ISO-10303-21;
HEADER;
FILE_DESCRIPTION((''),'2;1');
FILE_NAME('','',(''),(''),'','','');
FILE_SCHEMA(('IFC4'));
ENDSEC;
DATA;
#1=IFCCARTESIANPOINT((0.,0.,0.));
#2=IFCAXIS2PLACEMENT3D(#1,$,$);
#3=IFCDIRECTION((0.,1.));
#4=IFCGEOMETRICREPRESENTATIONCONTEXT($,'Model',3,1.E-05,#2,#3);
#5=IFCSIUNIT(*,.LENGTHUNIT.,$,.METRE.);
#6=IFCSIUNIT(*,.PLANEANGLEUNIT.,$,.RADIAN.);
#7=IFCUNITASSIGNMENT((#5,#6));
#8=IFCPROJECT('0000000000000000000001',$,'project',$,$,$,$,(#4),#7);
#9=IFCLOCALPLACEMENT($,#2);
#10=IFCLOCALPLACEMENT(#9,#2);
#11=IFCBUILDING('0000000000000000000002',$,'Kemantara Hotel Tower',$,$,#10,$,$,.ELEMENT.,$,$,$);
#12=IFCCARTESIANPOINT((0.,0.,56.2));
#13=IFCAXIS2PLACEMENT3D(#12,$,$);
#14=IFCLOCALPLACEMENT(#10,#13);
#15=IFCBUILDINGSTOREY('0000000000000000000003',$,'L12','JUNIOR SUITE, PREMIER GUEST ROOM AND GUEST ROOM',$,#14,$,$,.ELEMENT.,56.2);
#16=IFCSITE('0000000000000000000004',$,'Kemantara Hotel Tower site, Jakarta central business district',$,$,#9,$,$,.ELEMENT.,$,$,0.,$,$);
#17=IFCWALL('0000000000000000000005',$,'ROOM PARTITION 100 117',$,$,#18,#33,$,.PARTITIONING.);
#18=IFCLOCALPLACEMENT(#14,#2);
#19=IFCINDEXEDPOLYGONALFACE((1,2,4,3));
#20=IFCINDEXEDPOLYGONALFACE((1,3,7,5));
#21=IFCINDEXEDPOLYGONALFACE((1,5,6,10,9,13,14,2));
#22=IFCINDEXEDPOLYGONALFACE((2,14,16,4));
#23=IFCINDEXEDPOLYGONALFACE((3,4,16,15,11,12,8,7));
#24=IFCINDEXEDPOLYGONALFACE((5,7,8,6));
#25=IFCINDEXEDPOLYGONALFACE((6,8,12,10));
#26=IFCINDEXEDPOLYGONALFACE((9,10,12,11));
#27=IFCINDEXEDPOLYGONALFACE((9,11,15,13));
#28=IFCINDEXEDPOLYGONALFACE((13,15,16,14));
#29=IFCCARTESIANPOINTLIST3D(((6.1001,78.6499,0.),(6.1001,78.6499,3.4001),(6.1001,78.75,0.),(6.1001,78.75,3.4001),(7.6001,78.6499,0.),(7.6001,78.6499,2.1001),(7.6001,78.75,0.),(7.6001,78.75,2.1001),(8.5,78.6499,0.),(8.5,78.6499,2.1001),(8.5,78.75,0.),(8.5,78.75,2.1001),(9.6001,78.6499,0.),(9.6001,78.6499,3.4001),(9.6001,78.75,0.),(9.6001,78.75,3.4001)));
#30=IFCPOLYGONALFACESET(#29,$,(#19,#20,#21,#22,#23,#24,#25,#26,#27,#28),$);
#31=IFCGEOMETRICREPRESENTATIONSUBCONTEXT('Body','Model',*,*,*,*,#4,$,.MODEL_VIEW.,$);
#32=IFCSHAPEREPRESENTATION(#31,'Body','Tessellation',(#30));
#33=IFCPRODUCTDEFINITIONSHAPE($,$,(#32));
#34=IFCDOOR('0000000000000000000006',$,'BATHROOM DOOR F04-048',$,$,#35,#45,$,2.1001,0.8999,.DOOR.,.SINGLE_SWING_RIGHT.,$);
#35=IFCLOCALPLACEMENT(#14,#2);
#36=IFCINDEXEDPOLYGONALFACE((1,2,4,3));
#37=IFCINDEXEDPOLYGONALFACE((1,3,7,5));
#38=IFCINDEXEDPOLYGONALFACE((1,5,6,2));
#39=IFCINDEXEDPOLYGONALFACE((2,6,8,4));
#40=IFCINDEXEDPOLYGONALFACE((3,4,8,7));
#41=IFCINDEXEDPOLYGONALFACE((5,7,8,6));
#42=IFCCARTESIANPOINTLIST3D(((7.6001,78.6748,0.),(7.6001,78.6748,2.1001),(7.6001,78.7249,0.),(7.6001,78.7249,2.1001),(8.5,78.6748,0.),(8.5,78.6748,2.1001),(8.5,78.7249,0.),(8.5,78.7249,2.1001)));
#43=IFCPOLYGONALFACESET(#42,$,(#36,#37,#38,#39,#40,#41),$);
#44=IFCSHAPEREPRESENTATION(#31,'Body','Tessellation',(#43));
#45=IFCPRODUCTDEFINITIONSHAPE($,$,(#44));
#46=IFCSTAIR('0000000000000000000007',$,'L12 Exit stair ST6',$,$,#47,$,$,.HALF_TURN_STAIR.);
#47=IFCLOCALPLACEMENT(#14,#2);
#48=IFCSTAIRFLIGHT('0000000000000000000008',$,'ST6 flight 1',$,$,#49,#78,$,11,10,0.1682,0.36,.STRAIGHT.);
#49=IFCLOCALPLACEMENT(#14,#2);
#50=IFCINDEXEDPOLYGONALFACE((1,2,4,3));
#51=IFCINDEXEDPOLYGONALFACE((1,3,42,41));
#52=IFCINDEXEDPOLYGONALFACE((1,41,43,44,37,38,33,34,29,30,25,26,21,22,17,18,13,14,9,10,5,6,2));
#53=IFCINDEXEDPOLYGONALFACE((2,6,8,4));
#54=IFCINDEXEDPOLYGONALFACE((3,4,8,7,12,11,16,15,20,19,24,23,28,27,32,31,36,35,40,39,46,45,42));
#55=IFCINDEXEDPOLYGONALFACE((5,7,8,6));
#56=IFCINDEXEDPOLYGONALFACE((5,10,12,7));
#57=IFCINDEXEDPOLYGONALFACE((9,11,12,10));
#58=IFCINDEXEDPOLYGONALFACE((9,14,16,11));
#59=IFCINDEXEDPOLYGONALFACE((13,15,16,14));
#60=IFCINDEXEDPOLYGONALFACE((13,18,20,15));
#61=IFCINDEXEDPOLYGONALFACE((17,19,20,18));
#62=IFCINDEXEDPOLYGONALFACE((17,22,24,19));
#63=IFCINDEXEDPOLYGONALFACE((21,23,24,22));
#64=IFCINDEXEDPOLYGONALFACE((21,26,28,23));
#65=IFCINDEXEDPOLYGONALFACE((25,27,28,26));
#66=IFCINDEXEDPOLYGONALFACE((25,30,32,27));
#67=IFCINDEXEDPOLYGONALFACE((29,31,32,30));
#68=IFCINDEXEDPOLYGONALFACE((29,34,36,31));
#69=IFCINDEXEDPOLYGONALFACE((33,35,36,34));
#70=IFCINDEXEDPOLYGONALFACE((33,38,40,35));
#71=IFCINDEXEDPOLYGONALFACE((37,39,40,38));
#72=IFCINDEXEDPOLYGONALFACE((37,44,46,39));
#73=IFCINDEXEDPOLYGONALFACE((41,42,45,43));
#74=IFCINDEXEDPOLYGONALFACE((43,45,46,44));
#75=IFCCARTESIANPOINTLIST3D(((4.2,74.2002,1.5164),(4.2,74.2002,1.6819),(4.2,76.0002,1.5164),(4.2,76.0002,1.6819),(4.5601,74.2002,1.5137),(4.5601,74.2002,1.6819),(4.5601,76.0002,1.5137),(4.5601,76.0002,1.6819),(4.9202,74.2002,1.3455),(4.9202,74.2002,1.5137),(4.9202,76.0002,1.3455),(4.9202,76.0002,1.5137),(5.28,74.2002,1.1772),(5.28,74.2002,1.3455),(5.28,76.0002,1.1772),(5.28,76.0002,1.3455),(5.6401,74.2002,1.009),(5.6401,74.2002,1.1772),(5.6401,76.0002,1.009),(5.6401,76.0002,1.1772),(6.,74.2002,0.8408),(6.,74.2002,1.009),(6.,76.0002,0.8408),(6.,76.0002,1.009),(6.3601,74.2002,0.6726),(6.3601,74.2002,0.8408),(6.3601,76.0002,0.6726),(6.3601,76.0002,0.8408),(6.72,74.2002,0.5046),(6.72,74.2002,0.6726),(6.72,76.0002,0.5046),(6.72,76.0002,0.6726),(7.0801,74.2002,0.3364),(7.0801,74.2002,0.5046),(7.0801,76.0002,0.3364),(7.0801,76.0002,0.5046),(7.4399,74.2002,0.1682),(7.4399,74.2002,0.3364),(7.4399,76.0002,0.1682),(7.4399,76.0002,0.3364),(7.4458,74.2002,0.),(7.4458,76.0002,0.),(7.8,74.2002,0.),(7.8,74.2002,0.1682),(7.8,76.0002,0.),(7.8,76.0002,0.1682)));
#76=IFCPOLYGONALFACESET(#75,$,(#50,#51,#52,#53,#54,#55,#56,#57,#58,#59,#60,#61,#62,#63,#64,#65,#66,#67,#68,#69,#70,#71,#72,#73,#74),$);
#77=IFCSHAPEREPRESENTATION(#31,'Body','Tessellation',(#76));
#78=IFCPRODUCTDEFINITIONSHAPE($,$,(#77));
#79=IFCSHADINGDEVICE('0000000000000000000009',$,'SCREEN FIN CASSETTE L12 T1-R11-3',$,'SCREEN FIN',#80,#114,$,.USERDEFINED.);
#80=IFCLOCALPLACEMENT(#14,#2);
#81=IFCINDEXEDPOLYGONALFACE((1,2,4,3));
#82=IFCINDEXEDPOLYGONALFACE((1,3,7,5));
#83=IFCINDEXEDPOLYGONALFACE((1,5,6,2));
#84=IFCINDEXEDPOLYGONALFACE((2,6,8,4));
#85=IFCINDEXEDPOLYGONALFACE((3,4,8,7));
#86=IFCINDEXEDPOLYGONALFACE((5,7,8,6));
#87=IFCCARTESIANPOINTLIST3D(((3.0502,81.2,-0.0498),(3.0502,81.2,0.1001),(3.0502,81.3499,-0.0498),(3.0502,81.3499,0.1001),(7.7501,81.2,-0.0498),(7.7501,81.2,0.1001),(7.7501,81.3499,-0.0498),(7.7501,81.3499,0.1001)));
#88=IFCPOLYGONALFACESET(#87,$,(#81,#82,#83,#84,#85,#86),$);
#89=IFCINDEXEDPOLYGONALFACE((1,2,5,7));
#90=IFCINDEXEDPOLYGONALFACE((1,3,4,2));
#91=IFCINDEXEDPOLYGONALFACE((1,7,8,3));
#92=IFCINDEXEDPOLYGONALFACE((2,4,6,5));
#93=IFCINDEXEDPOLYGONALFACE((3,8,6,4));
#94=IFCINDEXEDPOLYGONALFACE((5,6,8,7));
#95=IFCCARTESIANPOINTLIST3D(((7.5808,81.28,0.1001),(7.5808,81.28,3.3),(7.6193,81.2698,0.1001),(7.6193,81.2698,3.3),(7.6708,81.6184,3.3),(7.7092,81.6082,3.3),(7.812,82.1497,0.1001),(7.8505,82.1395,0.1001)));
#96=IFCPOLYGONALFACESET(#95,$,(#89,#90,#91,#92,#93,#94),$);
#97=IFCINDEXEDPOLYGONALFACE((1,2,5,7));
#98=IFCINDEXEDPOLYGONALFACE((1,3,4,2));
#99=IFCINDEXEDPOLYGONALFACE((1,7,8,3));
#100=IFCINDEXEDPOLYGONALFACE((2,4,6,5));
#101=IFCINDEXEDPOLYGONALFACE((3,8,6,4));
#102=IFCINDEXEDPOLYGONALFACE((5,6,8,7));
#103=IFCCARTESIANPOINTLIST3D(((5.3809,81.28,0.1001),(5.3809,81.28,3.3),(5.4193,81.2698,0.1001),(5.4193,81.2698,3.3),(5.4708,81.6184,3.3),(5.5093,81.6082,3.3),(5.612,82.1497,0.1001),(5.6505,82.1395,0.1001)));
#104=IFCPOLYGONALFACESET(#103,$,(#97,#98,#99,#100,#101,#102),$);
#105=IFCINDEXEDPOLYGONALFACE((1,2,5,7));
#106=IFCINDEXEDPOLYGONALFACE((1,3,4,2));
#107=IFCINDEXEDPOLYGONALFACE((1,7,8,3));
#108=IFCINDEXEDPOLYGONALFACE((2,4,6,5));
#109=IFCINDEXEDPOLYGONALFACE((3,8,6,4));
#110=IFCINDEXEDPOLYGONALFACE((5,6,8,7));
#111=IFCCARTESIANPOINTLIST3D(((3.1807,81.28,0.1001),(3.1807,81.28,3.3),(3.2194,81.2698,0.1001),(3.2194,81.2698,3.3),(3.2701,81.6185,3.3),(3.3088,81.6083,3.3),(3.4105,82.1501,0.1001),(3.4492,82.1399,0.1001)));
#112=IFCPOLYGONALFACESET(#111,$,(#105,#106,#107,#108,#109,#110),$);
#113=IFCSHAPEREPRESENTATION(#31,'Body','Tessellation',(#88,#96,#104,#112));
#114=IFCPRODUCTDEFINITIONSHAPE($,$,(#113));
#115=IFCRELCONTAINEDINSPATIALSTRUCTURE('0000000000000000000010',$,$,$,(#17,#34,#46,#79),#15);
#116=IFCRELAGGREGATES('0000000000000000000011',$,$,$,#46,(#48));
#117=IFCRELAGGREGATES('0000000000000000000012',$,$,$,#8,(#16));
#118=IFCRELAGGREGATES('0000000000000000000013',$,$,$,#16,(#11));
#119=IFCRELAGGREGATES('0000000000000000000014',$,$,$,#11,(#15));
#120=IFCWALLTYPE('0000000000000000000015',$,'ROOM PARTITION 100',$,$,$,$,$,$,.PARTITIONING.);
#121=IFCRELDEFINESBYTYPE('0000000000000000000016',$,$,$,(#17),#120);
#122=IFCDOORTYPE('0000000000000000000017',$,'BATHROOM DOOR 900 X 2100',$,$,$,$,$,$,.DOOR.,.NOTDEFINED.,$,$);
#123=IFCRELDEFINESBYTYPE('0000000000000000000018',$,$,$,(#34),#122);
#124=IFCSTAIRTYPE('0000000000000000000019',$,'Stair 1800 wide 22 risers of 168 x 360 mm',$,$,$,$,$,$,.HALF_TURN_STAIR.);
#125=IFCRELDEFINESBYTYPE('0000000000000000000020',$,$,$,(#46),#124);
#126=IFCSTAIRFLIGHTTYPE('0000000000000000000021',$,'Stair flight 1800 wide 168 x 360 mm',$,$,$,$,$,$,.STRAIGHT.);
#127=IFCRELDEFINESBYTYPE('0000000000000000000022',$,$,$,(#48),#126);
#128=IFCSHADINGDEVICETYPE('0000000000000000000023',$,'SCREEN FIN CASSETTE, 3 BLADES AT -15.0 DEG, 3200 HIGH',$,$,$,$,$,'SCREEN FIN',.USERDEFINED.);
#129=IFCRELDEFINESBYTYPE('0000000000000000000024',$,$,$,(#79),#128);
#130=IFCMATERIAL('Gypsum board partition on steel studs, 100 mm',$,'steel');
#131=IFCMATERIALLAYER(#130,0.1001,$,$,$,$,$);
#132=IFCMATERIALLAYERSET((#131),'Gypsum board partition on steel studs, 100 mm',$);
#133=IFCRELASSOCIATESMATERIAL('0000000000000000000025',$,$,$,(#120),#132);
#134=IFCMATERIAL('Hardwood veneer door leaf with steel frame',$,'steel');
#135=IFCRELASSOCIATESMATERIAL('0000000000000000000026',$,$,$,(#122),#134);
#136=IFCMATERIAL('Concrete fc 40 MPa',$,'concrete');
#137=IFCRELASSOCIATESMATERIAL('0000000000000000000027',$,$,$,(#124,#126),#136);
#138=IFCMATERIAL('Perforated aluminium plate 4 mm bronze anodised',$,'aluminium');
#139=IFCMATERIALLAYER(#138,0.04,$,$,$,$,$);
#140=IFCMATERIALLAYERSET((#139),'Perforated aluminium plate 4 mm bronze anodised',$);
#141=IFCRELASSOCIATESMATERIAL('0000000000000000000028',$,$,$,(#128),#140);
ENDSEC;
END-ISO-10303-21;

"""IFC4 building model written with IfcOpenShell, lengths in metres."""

from ifc_helpers import new_model, si_unit, direction, frame, frame_2d, origin, origin_2d, place, context, subcontext, project, spatial, polyline, rectangle, outline, extrude, source, transform, mapped, material, layer, layer_set, type_object, element, fill, aggregate, save


model = new_model("IFC4")

# Units and contexts
model_context = context("Model", 3, precision=1e-05, world=origin(), true_north=direction((0.0, 1.0)))
body_context = subcontext(model_context, "Body", "Model", "MODEL_VIEW")
ifc_project = project(units=[si_unit("LENGTHUNIT", "METRE"), si_unit("PLANEANGLEUNIT", "RADIAN")], contexts=[model_context])

# Site, building, storey
site_placement = place(None, origin())
site = spatial("IfcSite", under=ifc_project, at=site_placement, Name="Kemantara Hotel Tower site, Jakarta central business district", CompositionType="ELEMENT", RefElevation=0.0)
building_placement = place(site_placement, origin())
building = spatial("IfcBuilding", under=site, at=building_placement, Name="Kemantara Hotel Tower", CompositionType="ELEMENT")
storey_placement = place(building_placement, frame((0.0, 0.0, 56.2)))
storey = spatial("IfcBuildingStorey", under=building, at=storey_placement, Name="L12", Description="JUNIOR SUITE, PREMIER GUEST ROOM AND GUEST ROOM", CompositionType="ELEMENT", Elevation=56.2)

# Shared definitions
ifc_material_1 = material(Name="Hardwood veneer door leaf with steel frame", Category="steel")
ifc_material_2 = material(Name="Concrete fc 40 MPa", Category="concrete")

# Shared definitions
ifc_material_3 = material(Name="Gypsum board partition on steel studs, 100 mm", Category="steel")
ifc_layer_1 = layer(ifc_material_3, 0.1001)
ifc_layer_set_1 = layer_set([ifc_layer_1], Name="Gypsum board partition on steel studs, 100 mm")
wall_type_1 = type_object("IfcWallType", Name="ROOM PARTITION 100", PredefinedType="PARTITIONING", material=ifc_layer_set_1)

# Wall, opening, door
wall_1_placement = place(storey_placement, frame((6.1001, 78.7, 0.0), z_axis=(0.0, 0.0, 1.0), x_axis=(1.0, 0.0, 0.0)))
wall_1 = element("IfcWall", 1, at=wall_1_placement, inside=storey, type_object=wall_type_1, Name="ROOM PARTITION 100 117", PredefinedType="PARTITIONING", context=body_context, shape_type="SweptSolid", body=[
    extrude(rectangle(XDim=3.5, YDim=0.1001, at=frame_2d((1.75, 0.0))), origin(), (0.0, 0.0, 1.0), 3.4001),
])
opening_1_placement = place(wall_1_placement, frame((1.5, 0.0, 0.0)))
opening_1 = element("IfcOpeningElement", 2, at=opening_1_placement, cuts=wall_1, PredefinedType="OPENING", context=body_context, shape_type="SweptSolid", body=[
    extrude(rectangle(XDim=0.8999, YDim=2.1001, at=frame_2d((0.45, 1.05))), frame((0.0, 0.0601, 0.0), z_axis=(0.0, -1.0, 0.0), x_axis=(1.0, 0.0, 0.0)), (0.0, 0.0, 1.0), 0.1201),
])
door_type_1 = type_object("IfcDoorType", Name="BATHROOM DOOR 900 X 2100", OperationType="NOTDEFINED", PredefinedType="DOOR", material=ifc_material_1)
door_1_placement = place(opening_1_placement, origin())
door_1 = element("IfcDoor", 3, at=door_1_placement, inside=storey, type_object=door_type_1, Name="BATHROOM DOOR F04-048", OperationType="SINGLE_SWING_RIGHT", OverallHeight=2.1001, OverallWidth=0.8999, PredefinedType="DOOR", context=body_context, shape_type="SweptSolid", body=[
    extrude(rectangle(XDim=0.8999, YDim=2.1001, at=frame_2d((0.45, 1.05))), frame((0.0, 0.0249, 0.0), z_axis=(0.0, -1.0, 0.0), x_axis=(1.0, 0.0, 0.0)), (0.0, 0.0, 1.0), 0.05),
])
fill(opening_1, door_1)

# Stair, stair flight
stair_type = type_object("IfcStairType", Name="Stair 1800 wide 22 risers of 168 x 360 mm", PredefinedType="HALF_TURN_STAIR", material=ifc_material_2)
stair_placement = place(storey_placement, origin())
stair = element("IfcStair", 4, at=stair_placement, inside=storey, type_object=stair_type, Name="L12 Exit stair ST6", PredefinedType="HALF_TURN_STAIR")
stair_flight_type = type_object("IfcStairFlightType", Name="Stair flight 1800 wide 168 x 360 mm", PredefinedType="STRAIGHT", material=ifc_material_2)
stair_flight_placement = place(storey_placement, frame((7.8, 75.1001, 0.0), z_axis=(0.0, 0.0, 1.0), x_axis=(-1.0, 0.0, 0.0)))
stair_flight = element("IfcStairFlight", 5, at=stair_flight_placement, type_object=stair_flight_type, Name="ST6 flight 1", NumberOfRisers=11, NumberOfTreads=10, PredefinedType="STRAIGHT", RiserHeight=0.1682, TreadLength=0.36, context=body_context, shape_type="SweptSolid", body=[
    extrude(outline(polyline([(0.0, 0.0), (0.0, 0.1682), (0.3601, 0.1682), (0.3601, 0.3364), (0.72, 0.3364), (0.72, 0.5046), (1.0801, 0.5046), (1.0801, 0.6726), (1.4399, 0.6726), (1.4399, 0.8408), (1.8, 0.8408), (1.8, 1.009), (2.1599, 1.009), (2.1599, 1.1772), (2.52, 1.1772), (2.52, 1.3455), (2.8799, 1.3455), (2.8799, 1.5137), (3.24, 1.5137), (3.24, 1.6819), (3.6001, 1.6819), (3.6001, 1.8501), (3.6001, 1.5164), (0.3542, 0.0), (0.0, 0.0)])), frame((0.0, 0.8999, 0.0), z_axis=(0.0, -1.0, 0.0), x_axis=(1.0, 0.0, 0.0)), (0.0, 0.0, 1.0), 1.8),
])
aggregate(stair, [stair_flight])

# Shading device
ifc_material_4 = material(Name="Perforated aluminium plate 4 mm bronze anodised", Category="aluminium")
ifc_layer_2 = layer(ifc_material_4, 0.04)
ifc_layer_set_2 = layer_set([ifc_layer_2], Name="Perforated aluminium plate 4 mm bronze anodised")
shading_device_type = type_object("IfcShadingDeviceType", Name="SCREEN FIN CASSETTE, 3 BLADES AT -15.0 DEG, 3200 HIGH", ElementType="SCREEN FIN", PredefinedType="USERDEFINED", material=ifc_layer_set_2)
shared_shape_1 = source(origin(), body_context, "Body", "SweptSolid", [
    extrude(rectangle(XDim=4.7, YDim=0.1499, at=origin_2d()), frame((2.2, -0.075, -0.1499), z_axis=(0.0, 0.0, 1.0), x_axis=(1.0, 0.0, 0.0)), (0.0, 0.0, 1.0), 0.1499),
    extrude(outline(polyline([(0.0, 0.0), (0.8999, 0.0), (0.3501, 3.2), (0.0, 3.2), (0.0, 0.0)])), frame((0.0193, -0.0801, 0.0), z_axis=(-0.966438, 0.256901, 0.0), x_axis=(-0.256901, -0.966438, 0.0)), (0.0, 0.0, 1.0), 0.0398),
    extrude(outline(polyline([(0.0, 0.0), (0.8999, 0.0), (0.3501, 3.2), (0.0, 3.2), (0.0, 0.0)])), frame((2.2192, -0.0801, 0.0), z_axis=(-0.966438, 0.256901, 0.0), x_axis=(-0.256901, -0.966438, 0.0)), (0.0, 0.0, 1.0), 0.0398),
    extrude(outline(polyline([(0.0, 0.0), (0.8999, 0.0), (0.3501, 3.2), (0.0, 3.2), (0.0, 0.0)])), frame((4.4194, -0.0801, 0.0), z_axis=(-0.966838, 0.255391, 0.0), x_axis=(-0.255391, -0.966838, 0.0)), (0.0, 0.0, 1.0), 0.04),
])
shading_device_placement = place(storey_placement, frame((7.6001, 81.2, 0.1001), z_axis=(0.0, 0.0, 1.0), x_axis=(-1.0, 0.0, 0.0)))
element("IfcShadingDevice", 6, at=shading_device_placement, inside=storey, type_object=shading_device_type, Name="SCREEN FIN CASSETTE L12 T1-R11-3", ObjectType="SCREEN FIN", PredefinedType="USERDEFINED", context=body_context, shape_type="MappedRepresentation", body=[
    mapped(shared_shape_1, transform((0.0, 0.0, 0.0))),
])

save(model, "model.ifc")
